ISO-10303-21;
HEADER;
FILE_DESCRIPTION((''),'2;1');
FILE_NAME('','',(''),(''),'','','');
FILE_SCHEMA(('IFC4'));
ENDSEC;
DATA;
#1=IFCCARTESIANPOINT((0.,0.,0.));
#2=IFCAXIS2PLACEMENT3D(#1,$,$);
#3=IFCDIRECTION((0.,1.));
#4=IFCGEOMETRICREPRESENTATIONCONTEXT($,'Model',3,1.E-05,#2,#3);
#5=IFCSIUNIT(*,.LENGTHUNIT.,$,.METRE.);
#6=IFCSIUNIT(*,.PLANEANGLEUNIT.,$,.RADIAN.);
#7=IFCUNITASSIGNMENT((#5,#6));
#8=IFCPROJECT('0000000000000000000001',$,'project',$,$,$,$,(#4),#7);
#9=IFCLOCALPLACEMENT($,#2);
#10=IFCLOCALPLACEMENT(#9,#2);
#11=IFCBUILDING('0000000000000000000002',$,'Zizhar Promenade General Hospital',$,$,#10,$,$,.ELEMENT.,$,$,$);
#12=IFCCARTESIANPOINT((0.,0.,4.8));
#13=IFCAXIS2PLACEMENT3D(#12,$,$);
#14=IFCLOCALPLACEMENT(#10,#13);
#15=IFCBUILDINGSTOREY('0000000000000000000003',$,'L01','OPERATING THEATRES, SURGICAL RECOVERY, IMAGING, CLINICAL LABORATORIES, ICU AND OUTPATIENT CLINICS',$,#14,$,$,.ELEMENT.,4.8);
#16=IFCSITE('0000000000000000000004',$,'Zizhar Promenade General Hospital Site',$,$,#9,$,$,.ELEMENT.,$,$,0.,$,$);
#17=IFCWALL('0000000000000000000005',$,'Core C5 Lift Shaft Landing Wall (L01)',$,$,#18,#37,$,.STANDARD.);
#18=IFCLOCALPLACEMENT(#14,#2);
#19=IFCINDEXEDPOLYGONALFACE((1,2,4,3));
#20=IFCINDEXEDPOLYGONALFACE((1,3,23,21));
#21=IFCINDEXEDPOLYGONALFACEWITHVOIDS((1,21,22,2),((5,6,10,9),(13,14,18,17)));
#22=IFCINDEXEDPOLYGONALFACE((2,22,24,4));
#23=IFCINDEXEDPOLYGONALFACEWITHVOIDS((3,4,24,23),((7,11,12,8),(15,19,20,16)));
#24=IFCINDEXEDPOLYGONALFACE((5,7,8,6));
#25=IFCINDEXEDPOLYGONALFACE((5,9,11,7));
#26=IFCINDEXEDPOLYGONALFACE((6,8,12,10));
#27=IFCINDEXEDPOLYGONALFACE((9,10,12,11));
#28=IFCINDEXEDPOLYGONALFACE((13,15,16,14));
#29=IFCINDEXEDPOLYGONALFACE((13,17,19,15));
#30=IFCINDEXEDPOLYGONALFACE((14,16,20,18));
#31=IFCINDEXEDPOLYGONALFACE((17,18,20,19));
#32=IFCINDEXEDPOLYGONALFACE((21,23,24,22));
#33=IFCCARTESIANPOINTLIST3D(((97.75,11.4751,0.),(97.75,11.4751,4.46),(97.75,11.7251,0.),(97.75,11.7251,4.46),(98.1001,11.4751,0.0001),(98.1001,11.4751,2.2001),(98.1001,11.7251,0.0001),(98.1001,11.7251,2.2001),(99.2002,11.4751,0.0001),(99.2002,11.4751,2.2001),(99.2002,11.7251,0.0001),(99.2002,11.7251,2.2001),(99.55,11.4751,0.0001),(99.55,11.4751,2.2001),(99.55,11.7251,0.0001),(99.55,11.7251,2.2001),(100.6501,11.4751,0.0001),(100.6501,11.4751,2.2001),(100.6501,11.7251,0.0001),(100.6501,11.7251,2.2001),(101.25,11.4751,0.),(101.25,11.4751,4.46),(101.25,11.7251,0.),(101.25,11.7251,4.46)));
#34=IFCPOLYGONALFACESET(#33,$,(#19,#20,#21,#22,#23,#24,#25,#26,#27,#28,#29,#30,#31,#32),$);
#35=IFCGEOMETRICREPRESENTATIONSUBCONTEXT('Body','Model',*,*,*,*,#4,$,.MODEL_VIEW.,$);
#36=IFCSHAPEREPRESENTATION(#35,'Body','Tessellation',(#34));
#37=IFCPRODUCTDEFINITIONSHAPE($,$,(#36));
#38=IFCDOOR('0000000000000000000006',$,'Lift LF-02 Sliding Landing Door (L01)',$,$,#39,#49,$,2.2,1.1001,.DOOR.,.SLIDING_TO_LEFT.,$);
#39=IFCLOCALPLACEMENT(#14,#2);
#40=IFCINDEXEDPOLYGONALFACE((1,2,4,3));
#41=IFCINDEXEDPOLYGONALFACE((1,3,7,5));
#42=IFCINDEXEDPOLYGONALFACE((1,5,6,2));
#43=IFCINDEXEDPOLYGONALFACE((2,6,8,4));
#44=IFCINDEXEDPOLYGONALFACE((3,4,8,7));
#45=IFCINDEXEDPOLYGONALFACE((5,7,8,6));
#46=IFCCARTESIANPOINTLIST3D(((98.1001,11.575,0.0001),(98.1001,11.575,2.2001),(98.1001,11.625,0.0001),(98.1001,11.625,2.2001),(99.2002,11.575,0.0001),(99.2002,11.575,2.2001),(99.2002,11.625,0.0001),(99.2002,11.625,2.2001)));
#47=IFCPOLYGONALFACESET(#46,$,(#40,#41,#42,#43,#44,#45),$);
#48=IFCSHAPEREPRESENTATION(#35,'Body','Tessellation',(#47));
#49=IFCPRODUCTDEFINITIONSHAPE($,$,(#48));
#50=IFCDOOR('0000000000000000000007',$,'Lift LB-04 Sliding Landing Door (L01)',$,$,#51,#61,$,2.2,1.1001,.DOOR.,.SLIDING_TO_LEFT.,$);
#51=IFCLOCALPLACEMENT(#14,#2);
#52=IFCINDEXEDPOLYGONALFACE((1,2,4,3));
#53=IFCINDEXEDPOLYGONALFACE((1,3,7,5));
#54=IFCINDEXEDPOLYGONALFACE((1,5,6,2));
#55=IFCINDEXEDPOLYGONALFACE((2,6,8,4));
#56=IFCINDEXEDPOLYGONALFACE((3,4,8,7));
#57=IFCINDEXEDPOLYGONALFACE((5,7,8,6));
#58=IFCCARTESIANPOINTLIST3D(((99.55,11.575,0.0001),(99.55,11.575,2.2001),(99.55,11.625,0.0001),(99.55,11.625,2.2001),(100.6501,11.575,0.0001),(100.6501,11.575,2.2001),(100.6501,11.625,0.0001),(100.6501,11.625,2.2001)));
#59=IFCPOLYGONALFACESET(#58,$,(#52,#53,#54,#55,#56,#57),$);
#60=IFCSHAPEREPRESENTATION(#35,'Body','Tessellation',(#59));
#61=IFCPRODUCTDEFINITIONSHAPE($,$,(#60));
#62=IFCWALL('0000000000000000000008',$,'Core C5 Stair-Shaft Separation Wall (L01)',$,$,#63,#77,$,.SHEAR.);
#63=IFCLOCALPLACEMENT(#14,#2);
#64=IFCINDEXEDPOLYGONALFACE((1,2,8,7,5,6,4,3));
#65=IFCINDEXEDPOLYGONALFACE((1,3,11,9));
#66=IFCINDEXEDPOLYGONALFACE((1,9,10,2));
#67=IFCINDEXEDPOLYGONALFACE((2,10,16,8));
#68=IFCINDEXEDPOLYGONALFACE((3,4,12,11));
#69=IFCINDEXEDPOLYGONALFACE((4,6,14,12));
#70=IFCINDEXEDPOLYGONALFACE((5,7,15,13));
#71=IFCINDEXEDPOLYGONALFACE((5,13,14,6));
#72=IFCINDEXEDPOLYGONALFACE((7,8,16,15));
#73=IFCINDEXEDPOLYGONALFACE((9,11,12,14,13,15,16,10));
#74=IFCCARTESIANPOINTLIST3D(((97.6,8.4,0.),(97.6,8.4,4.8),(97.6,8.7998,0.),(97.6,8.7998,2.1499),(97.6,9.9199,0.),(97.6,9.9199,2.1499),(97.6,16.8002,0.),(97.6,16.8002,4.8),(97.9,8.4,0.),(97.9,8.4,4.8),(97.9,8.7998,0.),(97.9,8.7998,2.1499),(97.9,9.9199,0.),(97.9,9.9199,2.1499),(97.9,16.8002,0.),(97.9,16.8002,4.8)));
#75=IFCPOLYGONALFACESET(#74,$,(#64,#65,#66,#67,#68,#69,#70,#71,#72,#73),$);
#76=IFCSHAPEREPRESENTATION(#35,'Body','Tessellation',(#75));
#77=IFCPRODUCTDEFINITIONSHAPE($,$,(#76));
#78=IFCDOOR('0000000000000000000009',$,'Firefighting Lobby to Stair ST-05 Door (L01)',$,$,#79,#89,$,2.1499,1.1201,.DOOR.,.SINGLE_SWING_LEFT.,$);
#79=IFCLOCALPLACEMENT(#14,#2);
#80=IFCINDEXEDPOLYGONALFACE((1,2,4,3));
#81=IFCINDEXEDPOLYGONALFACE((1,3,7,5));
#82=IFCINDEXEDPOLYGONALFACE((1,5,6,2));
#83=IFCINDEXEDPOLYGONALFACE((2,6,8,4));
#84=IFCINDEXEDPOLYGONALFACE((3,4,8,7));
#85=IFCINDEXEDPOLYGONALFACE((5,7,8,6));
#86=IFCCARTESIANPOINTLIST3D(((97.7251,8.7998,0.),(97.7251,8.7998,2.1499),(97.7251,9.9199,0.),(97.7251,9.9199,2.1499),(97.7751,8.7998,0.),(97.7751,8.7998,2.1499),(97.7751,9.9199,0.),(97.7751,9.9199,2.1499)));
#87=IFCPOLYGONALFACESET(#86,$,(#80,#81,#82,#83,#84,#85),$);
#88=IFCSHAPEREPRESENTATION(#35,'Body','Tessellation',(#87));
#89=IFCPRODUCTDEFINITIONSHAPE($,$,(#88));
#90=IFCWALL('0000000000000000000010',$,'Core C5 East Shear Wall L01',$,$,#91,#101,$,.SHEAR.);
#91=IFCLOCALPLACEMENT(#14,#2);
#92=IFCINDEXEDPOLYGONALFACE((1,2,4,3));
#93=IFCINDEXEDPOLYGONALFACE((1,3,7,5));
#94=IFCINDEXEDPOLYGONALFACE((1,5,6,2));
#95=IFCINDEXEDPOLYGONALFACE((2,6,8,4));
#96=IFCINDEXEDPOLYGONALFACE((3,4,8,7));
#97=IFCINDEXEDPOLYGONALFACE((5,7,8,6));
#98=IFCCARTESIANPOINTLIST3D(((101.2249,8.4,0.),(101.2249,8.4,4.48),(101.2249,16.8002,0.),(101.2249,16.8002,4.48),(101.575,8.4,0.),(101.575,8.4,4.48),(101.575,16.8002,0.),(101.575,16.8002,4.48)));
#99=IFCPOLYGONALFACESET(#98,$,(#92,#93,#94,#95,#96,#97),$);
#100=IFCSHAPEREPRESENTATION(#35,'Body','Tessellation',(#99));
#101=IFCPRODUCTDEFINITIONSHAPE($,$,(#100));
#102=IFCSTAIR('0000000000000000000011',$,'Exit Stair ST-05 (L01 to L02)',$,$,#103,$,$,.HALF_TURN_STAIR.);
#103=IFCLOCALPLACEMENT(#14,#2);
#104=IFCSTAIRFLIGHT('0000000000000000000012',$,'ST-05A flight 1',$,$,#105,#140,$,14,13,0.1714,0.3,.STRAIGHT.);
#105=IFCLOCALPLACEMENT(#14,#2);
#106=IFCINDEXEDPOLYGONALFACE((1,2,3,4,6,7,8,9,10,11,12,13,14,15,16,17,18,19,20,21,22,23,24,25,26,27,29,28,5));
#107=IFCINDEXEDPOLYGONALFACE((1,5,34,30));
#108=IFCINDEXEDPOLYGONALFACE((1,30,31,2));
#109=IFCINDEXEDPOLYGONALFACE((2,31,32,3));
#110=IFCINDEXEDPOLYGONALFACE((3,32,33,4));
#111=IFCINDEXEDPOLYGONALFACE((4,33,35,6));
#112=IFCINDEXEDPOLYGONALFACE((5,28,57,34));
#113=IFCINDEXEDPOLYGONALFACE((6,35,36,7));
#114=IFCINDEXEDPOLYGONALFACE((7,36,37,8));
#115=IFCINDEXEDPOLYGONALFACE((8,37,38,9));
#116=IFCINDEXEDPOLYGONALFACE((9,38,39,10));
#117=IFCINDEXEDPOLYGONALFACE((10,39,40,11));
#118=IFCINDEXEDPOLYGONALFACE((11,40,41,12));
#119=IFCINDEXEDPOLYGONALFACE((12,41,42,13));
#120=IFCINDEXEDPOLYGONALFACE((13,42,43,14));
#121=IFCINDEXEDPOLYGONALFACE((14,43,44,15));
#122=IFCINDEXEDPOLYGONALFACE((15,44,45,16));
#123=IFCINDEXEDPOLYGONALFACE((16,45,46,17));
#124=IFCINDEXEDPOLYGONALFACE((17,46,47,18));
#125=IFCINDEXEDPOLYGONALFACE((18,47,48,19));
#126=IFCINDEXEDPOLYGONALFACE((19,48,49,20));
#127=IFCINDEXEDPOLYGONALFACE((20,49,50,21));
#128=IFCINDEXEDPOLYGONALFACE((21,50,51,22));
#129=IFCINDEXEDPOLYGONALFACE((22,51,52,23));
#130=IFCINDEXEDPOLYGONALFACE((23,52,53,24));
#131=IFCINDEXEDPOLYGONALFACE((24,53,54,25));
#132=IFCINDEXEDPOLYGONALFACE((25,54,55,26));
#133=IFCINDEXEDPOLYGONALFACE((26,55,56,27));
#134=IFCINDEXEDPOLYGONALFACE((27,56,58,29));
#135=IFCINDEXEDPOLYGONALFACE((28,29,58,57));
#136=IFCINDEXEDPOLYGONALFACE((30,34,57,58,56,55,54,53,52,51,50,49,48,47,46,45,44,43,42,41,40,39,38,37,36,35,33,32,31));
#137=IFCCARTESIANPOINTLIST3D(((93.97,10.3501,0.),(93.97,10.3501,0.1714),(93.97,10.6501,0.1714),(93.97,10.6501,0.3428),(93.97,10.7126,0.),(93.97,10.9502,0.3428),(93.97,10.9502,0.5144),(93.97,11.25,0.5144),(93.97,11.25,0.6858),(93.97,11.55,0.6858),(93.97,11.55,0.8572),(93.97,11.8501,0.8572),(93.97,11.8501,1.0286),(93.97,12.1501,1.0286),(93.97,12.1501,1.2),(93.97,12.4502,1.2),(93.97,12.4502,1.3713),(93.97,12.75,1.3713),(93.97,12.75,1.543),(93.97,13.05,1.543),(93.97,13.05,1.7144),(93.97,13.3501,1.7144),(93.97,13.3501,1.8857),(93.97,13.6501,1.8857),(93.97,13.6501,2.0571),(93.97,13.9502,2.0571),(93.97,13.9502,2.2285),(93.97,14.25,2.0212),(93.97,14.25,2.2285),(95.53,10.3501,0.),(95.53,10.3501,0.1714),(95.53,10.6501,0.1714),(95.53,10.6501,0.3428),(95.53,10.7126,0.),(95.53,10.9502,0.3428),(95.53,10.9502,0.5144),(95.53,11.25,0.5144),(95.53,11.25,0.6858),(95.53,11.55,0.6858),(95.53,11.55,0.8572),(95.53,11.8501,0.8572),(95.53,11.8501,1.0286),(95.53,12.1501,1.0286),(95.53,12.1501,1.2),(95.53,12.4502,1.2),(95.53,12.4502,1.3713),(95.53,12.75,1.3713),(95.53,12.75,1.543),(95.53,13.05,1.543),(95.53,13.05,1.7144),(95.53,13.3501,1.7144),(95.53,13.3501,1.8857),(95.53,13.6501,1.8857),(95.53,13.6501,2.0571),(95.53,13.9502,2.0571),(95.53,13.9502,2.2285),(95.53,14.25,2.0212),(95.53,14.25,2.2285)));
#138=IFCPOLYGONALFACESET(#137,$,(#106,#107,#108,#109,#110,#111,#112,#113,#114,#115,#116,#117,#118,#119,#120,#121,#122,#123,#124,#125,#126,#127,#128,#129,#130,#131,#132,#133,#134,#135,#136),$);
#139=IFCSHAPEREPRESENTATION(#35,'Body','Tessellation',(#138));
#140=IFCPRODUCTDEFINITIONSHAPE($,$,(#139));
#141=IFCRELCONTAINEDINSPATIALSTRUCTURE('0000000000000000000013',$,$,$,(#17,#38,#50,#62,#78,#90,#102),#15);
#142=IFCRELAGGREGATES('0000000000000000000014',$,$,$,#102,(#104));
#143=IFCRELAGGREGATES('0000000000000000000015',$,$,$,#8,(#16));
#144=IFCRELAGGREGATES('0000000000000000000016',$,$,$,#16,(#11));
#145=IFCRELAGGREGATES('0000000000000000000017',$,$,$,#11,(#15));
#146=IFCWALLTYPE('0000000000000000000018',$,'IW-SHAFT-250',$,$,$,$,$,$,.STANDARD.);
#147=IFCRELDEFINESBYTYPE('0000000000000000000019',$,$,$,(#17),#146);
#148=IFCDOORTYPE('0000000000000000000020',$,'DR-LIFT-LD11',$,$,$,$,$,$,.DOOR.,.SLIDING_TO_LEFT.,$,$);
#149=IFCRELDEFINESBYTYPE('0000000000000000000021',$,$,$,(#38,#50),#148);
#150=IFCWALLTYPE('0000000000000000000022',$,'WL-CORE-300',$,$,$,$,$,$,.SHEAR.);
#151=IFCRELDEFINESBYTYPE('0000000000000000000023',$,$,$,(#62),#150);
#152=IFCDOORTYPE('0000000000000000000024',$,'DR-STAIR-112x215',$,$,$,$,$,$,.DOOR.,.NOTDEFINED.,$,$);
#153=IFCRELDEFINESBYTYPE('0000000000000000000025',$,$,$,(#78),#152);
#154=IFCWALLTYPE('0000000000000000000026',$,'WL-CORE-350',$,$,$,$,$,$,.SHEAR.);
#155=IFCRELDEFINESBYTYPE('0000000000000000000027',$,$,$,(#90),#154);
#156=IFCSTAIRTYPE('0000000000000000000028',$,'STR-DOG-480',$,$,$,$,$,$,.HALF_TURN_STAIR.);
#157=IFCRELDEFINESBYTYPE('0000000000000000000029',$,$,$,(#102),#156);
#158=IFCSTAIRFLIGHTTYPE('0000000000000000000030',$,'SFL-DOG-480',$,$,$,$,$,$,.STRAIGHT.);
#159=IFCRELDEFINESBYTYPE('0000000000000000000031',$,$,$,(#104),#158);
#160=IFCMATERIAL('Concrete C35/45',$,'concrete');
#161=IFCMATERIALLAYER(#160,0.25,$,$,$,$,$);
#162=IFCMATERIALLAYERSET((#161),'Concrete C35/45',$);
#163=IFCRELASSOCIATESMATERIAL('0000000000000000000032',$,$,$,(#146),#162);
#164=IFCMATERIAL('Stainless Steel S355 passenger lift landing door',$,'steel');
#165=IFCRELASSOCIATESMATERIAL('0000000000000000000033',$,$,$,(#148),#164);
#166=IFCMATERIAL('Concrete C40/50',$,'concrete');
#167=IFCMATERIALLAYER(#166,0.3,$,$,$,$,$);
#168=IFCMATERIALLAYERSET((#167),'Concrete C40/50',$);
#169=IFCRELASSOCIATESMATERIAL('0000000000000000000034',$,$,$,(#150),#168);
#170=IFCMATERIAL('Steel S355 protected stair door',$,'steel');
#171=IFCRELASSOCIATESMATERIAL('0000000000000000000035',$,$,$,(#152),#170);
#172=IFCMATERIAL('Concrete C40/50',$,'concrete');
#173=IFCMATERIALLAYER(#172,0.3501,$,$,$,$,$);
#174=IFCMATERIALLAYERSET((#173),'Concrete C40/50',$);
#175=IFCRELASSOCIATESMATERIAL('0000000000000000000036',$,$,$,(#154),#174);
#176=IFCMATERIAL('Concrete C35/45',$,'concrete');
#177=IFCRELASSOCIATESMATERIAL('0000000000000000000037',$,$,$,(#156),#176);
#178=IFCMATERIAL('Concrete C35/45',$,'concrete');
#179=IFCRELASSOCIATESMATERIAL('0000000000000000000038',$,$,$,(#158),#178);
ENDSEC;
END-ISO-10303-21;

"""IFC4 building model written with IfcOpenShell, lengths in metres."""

from ifc_helpers import new_model, si_unit, direction, frame, frame_2d, origin, place, context, subcontext, project, spatial, polyline, rectangle, outline, extrude, material, layer, layer_set, type_object, element, fill, aggregate, save


model = new_model("IFC4")

# Units and contexts
model_context = context("Model", 3, precision=1e-05, world=origin(), true_north=direction((0.0, 1.0)))
body_context = subcontext(model_context, "Body", "Model", "MODEL_VIEW")
ifc_project = project(units=[si_unit("LENGTHUNIT", "METRE"), si_unit("PLANEANGLEUNIT", "RADIAN")], contexts=[model_context])

# Site, building, storey
site_placement = place(None, origin())
site = spatial("IfcSite", under=ifc_project, at=site_placement, Name="Zizhar Promenade General Hospital Site", CompositionType="ELEMENT", RefElevation=0.0)
building_placement = place(site_placement, origin())
building = spatial("IfcBuilding", under=site, at=building_placement, Name="Zizhar Promenade General Hospital", CompositionType="ELEMENT")
storey_placement = place(building_placement, frame((0.0, 0.0, 4.8)))
storey = spatial("IfcBuildingStorey", under=building, at=storey_placement, Name="L01", Description="OPERATING THEATRES, SURGICAL RECOVERY, IMAGING, CLINICAL LABORATORIES, ICU AND OUTPATIENT CLINICS", CompositionType="ELEMENT", Elevation=4.8)

# Wall, openings, doors
ifc_material_1 = material(Name="Concrete C35/45", Category="concrete")
ifc_layer_1 = layer(ifc_material_1, 0.25)
ifc_layer_set_1 = layer_set([ifc_layer_1], Name="Concrete C35/45")
wall_type_1 = type_object("IfcWallType", Name="IW-SHAFT-250", PredefinedType="STANDARD", material=ifc_layer_set_1)
wall_1_placement = place(storey_placement, frame((97.75, 11.6001, 0.0), z_axis=(0.0, 0.0, 1.0), x_axis=(1.0, 0.0, 0.0)))
wall_1 = element("IfcWall", 1, at=wall_1_placement, inside=storey, type_object=wall_type_1, Name="Core C5 Lift Shaft Landing Wall (L01)", PredefinedType="STANDARD", context=body_context, shape_type="SweptSolid", body=[
    extrude(rectangle(XDim=3.5, YDim=0.25, at=frame_2d((1.75, 0.0))), origin(), (0.0, 0.0, 1.0), 4.46),
])
opening_1_placement = place(wall_1_placement, frame((0.3501, 0.0, 0.0)))
opening_1 = element("IfcOpeningElement", 2, at=opening_1_placement, cuts=wall_1, PredefinedType="OPENING", context=body_context, shape_type="SweptSolid", body=[
    extrude(rectangle(XDim=1.1001, YDim=2.2, at=frame_2d((0.55, 1.1001))), frame((0.0, 0.135, 0.0), z_axis=(0.0, -1.0, 0.0), x_axis=(1.0, 0.0, 0.0)), (0.0, 0.0, 1.0), 0.27),
])
opening_2_placement = place(wall_1_placement, frame((1.8, 0.0, 0.0)))
opening_2 = element("IfcOpeningElement", 3, at=opening_2_placement, cuts=wall_1, PredefinedType="OPENING", context=body_context, shape_type="SweptSolid", body=[
    extrude(rectangle(XDim=1.1001, YDim=2.2, at=frame_2d((0.55, 1.1001))), frame((0.0, 0.135, 0.0), z_axis=(0.0, -1.0, 0.0), x_axis=(1.0, 0.0, 0.0)), (0.0, 0.0, 1.0), 0.27),
])
ifc_material_2 = material(Name="Stainless Steel S355 passenger lift landing door", Category="steel")
door_type_1 = type_object("IfcDoorType", Name="DR-LIFT-LD11", OperationType="SLIDING_TO_LEFT", PredefinedType="DOOR", material=ifc_material_2)
door_1_placement = place(opening_1_placement, origin())
door_1 = element("IfcDoor", 4, at=door_1_placement, inside=storey, type_object=door_type_1, Name="Lift LF-02 Sliding Landing Door (L01)", OperationType="SLIDING_TO_LEFT", OverallHeight=2.2, OverallWidth=1.1001, PredefinedType="DOOR", context=body_context, shape_type="SweptSolid", body=[
    extrude(rectangle(XDim=1.1001, YDim=2.2, at=frame_2d((0.55, 1.1001))), frame((0.0, 0.0249, 0.0), z_axis=(0.0, -1.0, 0.0), x_axis=(1.0, 0.0, 0.0)), (0.0, 0.0, 1.0), 0.05),
])
fill(opening_1, door_1)
door_2_placement = place(opening_2_placement, origin())
door_2 = element("IfcDoor", 5, at=door_2_placement, inside=storey, type_object=door_type_1, Name="Lift LB-04 Sliding Landing Door (L01)", OperationType="SLIDING_TO_LEFT", OverallHeight=2.2, OverallWidth=1.1001, PredefinedType="DOOR", context=body_context, shape_type="SweptSolid", body=[
    extrude(rectangle(XDim=1.1001, YDim=2.2, at=frame_2d((0.55, 1.1001))), frame((0.0, 0.0249, 0.0), z_axis=(0.0, -1.0, 0.0), x_axis=(1.0, 0.0, 0.0)), (0.0, 0.0, 1.0), 0.05),
])
fill(opening_2, door_2)

# Wall, opening, door
ifc_material_3 = material(Name="Concrete C40/50", Category="concrete")
ifc_layer_2 = layer(ifc_material_3, 0.3)
ifc_layer_set_2 = layer_set([ifc_layer_2], Name="Concrete C40/50")
wall_type_2 = type_object("IfcWallType", Name="WL-CORE-300", PredefinedType="SHEAR", material=ifc_layer_set_2)
ifc_material_4 = material(Name="Steel S355 protected stair door", Category="steel")
door_type_2 = type_object("IfcDoorType", Name="DR-STAIR-112x215", OperationType="NOTDEFINED", PredefinedType="DOOR", material=ifc_material_4)
wall_2_placement = place(storey_placement, frame((97.75, 8.3999, 0.0), z_axis=(0.0, 0.0, 1.0), x_axis=(0.0, 1.0, 0.0)))
wall_2 = element("IfcWall", 6, at=wall_2_placement, inside=storey, type_object=wall_type_2, Name="Core C5 Stair-Shaft Separation Wall (L01)", PredefinedType="SHEAR", context=body_context, shape_type="SweptSolid", body=[
    extrude(rectangle(XDim=8.4001, YDim=0.3, at=frame_2d((4.2002, 0.0))), origin(), (0.0, 0.0, 1.0), 4.8),
])
opening_3_placement = place(wall_2_placement, frame((0.3999, 0.0, 0.0)))
opening_3 = element("IfcOpeningElement", 7, at=opening_3_placement, cuts=wall_2, PredefinedType="OPENING", context=body_context, shape_type="SweptSolid", body=[
    extrude(rectangle(XDim=1.1201, YDim=2.1499, at=frame_2d((0.5601, 1.075))), frame((0.0, 0.1602, 0.0), z_axis=(0.0, -1.0, 0.0), x_axis=(1.0, 0.0, 0.0)), (0.0, 0.0, 1.0), 0.3201),
])
door_3_placement = place(opening_3_placement, origin())
door_3 = element("IfcDoor", 8, at=door_3_placement, inside=storey, type_object=door_type_2, Name="Firefighting Lobby to Stair ST-05 Door (L01)", OperationType="SINGLE_SWING_LEFT", OverallHeight=2.1499, OverallWidth=1.1201, PredefinedType="DOOR", context=body_context, shape_type="SweptSolid", body=[
    extrude(rectangle(XDim=1.1201, YDim=2.1499, at=frame_2d((0.5601, 1.075))), frame((0.0, 0.0249, 0.0), z_axis=(0.0, -1.0, 0.0), x_axis=(1.0, 0.0, 0.0)), (0.0, 0.0, 1.0), 0.05),
])
fill(opening_3, door_3)

# Wall
ifc_material_5 = material(Name="Concrete C40/50", Category="concrete")
ifc_layer_3 = layer(ifc_material_5, 0.3501)
ifc_layer_set_3 = layer_set([ifc_layer_3], Name="Concrete C40/50")
wall_type_3 = type_object("IfcWallType", Name="WL-CORE-350", PredefinedType="SHEAR", material=ifc_layer_set_3)
wall_3_placement = place(storey_placement, frame((101.3999, 8.3999, 0.0), z_axis=(0.0, 0.0, 1.0), x_axis=(0.0, 1.0, 0.0)))
element("IfcWall", 9, at=wall_3_placement, inside=storey, type_object=wall_type_3, Name="Core C5 East Shear Wall L01", PredefinedType="SHEAR", context=body_context, shape_type="SweptSolid", body=[
    extrude(rectangle(XDim=8.4001, YDim=0.3501, at=frame_2d((4.2002, 0.0))), origin(), (0.0, 0.0, 1.0), 4.48),
])

# Stair, stair flight
ifc_material_6 = material(Name="Concrete C35/45", Category="concrete")
stair_type = type_object("IfcStairType", Name="STR-DOG-480", PredefinedType="HALF_TURN_STAIR", material=ifc_material_6)
stair_placement = place(storey_placement, origin())
stair = element("IfcStair", 10, at=stair_placement, inside=storey, type_object=stair_type, Name="Exit Stair ST-05 (L01 to L02)", PredefinedType="HALF_TURN_STAIR")
ifc_material_7 = material(Name="Concrete C35/45", Category="concrete")
stair_flight_type = type_object("IfcStairFlightType", Name="SFL-DOG-480", PredefinedType="STRAIGHT", material=ifc_material_7)
stair_flight_placement = place(storey_placement, frame((94.75, 10.3501, 0.0), z_axis=(0.0, 0.0, 1.0), x_axis=(0.0, 1.0, 0.0)))
stair_flight = element("IfcStairFlight", 11, at=stair_flight_placement, type_object=stair_flight_type, Name="ST-05A flight 1", NumberOfRisers=14, NumberOfTreads=13, PredefinedType="STRAIGHT", RiserHeight=0.1714, TreadLength=0.3, context=body_context, shape_type="SweptSolid", body=[
    extrude(outline(polyline([(0.0, 0.0), (0.0, 0.1714), (0.3, 0.1714), (0.3, 0.3428), (0.6001, 0.3428), (0.6001, 0.5144), (0.8999, 0.5144), (0.8999, 0.6858), (1.2, 0.6858), (1.2, 0.8572), (1.5, 0.8572), (1.5, 1.0286), (1.8, 1.0286), (1.8, 1.2), (2.1001, 1.2), (2.1001, 1.3713), (2.3999, 1.3713), (2.3999, 1.543), (2.7, 1.543), (2.7, 1.7144), (3.0, 1.7144), (3.0, 1.8857), (3.3, 1.8857), (3.3, 2.0571), (3.6001, 2.0571), (3.6001, 2.2285), (3.8999, 2.2285), (3.8999, 2.3999), (3.8999, 2.0212), (0.3625, 0.0), (0.0, 0.0)])), frame((0.0, 0.78, 0.0), z_axis=(0.0, -1.0, 0.0), x_axis=(1.0, 0.0, 0.0)), (0.0, 0.0, 1.0), 1.5601),
])
aggregate(stair, [stair_flight])

save(model, "model.ifc")
